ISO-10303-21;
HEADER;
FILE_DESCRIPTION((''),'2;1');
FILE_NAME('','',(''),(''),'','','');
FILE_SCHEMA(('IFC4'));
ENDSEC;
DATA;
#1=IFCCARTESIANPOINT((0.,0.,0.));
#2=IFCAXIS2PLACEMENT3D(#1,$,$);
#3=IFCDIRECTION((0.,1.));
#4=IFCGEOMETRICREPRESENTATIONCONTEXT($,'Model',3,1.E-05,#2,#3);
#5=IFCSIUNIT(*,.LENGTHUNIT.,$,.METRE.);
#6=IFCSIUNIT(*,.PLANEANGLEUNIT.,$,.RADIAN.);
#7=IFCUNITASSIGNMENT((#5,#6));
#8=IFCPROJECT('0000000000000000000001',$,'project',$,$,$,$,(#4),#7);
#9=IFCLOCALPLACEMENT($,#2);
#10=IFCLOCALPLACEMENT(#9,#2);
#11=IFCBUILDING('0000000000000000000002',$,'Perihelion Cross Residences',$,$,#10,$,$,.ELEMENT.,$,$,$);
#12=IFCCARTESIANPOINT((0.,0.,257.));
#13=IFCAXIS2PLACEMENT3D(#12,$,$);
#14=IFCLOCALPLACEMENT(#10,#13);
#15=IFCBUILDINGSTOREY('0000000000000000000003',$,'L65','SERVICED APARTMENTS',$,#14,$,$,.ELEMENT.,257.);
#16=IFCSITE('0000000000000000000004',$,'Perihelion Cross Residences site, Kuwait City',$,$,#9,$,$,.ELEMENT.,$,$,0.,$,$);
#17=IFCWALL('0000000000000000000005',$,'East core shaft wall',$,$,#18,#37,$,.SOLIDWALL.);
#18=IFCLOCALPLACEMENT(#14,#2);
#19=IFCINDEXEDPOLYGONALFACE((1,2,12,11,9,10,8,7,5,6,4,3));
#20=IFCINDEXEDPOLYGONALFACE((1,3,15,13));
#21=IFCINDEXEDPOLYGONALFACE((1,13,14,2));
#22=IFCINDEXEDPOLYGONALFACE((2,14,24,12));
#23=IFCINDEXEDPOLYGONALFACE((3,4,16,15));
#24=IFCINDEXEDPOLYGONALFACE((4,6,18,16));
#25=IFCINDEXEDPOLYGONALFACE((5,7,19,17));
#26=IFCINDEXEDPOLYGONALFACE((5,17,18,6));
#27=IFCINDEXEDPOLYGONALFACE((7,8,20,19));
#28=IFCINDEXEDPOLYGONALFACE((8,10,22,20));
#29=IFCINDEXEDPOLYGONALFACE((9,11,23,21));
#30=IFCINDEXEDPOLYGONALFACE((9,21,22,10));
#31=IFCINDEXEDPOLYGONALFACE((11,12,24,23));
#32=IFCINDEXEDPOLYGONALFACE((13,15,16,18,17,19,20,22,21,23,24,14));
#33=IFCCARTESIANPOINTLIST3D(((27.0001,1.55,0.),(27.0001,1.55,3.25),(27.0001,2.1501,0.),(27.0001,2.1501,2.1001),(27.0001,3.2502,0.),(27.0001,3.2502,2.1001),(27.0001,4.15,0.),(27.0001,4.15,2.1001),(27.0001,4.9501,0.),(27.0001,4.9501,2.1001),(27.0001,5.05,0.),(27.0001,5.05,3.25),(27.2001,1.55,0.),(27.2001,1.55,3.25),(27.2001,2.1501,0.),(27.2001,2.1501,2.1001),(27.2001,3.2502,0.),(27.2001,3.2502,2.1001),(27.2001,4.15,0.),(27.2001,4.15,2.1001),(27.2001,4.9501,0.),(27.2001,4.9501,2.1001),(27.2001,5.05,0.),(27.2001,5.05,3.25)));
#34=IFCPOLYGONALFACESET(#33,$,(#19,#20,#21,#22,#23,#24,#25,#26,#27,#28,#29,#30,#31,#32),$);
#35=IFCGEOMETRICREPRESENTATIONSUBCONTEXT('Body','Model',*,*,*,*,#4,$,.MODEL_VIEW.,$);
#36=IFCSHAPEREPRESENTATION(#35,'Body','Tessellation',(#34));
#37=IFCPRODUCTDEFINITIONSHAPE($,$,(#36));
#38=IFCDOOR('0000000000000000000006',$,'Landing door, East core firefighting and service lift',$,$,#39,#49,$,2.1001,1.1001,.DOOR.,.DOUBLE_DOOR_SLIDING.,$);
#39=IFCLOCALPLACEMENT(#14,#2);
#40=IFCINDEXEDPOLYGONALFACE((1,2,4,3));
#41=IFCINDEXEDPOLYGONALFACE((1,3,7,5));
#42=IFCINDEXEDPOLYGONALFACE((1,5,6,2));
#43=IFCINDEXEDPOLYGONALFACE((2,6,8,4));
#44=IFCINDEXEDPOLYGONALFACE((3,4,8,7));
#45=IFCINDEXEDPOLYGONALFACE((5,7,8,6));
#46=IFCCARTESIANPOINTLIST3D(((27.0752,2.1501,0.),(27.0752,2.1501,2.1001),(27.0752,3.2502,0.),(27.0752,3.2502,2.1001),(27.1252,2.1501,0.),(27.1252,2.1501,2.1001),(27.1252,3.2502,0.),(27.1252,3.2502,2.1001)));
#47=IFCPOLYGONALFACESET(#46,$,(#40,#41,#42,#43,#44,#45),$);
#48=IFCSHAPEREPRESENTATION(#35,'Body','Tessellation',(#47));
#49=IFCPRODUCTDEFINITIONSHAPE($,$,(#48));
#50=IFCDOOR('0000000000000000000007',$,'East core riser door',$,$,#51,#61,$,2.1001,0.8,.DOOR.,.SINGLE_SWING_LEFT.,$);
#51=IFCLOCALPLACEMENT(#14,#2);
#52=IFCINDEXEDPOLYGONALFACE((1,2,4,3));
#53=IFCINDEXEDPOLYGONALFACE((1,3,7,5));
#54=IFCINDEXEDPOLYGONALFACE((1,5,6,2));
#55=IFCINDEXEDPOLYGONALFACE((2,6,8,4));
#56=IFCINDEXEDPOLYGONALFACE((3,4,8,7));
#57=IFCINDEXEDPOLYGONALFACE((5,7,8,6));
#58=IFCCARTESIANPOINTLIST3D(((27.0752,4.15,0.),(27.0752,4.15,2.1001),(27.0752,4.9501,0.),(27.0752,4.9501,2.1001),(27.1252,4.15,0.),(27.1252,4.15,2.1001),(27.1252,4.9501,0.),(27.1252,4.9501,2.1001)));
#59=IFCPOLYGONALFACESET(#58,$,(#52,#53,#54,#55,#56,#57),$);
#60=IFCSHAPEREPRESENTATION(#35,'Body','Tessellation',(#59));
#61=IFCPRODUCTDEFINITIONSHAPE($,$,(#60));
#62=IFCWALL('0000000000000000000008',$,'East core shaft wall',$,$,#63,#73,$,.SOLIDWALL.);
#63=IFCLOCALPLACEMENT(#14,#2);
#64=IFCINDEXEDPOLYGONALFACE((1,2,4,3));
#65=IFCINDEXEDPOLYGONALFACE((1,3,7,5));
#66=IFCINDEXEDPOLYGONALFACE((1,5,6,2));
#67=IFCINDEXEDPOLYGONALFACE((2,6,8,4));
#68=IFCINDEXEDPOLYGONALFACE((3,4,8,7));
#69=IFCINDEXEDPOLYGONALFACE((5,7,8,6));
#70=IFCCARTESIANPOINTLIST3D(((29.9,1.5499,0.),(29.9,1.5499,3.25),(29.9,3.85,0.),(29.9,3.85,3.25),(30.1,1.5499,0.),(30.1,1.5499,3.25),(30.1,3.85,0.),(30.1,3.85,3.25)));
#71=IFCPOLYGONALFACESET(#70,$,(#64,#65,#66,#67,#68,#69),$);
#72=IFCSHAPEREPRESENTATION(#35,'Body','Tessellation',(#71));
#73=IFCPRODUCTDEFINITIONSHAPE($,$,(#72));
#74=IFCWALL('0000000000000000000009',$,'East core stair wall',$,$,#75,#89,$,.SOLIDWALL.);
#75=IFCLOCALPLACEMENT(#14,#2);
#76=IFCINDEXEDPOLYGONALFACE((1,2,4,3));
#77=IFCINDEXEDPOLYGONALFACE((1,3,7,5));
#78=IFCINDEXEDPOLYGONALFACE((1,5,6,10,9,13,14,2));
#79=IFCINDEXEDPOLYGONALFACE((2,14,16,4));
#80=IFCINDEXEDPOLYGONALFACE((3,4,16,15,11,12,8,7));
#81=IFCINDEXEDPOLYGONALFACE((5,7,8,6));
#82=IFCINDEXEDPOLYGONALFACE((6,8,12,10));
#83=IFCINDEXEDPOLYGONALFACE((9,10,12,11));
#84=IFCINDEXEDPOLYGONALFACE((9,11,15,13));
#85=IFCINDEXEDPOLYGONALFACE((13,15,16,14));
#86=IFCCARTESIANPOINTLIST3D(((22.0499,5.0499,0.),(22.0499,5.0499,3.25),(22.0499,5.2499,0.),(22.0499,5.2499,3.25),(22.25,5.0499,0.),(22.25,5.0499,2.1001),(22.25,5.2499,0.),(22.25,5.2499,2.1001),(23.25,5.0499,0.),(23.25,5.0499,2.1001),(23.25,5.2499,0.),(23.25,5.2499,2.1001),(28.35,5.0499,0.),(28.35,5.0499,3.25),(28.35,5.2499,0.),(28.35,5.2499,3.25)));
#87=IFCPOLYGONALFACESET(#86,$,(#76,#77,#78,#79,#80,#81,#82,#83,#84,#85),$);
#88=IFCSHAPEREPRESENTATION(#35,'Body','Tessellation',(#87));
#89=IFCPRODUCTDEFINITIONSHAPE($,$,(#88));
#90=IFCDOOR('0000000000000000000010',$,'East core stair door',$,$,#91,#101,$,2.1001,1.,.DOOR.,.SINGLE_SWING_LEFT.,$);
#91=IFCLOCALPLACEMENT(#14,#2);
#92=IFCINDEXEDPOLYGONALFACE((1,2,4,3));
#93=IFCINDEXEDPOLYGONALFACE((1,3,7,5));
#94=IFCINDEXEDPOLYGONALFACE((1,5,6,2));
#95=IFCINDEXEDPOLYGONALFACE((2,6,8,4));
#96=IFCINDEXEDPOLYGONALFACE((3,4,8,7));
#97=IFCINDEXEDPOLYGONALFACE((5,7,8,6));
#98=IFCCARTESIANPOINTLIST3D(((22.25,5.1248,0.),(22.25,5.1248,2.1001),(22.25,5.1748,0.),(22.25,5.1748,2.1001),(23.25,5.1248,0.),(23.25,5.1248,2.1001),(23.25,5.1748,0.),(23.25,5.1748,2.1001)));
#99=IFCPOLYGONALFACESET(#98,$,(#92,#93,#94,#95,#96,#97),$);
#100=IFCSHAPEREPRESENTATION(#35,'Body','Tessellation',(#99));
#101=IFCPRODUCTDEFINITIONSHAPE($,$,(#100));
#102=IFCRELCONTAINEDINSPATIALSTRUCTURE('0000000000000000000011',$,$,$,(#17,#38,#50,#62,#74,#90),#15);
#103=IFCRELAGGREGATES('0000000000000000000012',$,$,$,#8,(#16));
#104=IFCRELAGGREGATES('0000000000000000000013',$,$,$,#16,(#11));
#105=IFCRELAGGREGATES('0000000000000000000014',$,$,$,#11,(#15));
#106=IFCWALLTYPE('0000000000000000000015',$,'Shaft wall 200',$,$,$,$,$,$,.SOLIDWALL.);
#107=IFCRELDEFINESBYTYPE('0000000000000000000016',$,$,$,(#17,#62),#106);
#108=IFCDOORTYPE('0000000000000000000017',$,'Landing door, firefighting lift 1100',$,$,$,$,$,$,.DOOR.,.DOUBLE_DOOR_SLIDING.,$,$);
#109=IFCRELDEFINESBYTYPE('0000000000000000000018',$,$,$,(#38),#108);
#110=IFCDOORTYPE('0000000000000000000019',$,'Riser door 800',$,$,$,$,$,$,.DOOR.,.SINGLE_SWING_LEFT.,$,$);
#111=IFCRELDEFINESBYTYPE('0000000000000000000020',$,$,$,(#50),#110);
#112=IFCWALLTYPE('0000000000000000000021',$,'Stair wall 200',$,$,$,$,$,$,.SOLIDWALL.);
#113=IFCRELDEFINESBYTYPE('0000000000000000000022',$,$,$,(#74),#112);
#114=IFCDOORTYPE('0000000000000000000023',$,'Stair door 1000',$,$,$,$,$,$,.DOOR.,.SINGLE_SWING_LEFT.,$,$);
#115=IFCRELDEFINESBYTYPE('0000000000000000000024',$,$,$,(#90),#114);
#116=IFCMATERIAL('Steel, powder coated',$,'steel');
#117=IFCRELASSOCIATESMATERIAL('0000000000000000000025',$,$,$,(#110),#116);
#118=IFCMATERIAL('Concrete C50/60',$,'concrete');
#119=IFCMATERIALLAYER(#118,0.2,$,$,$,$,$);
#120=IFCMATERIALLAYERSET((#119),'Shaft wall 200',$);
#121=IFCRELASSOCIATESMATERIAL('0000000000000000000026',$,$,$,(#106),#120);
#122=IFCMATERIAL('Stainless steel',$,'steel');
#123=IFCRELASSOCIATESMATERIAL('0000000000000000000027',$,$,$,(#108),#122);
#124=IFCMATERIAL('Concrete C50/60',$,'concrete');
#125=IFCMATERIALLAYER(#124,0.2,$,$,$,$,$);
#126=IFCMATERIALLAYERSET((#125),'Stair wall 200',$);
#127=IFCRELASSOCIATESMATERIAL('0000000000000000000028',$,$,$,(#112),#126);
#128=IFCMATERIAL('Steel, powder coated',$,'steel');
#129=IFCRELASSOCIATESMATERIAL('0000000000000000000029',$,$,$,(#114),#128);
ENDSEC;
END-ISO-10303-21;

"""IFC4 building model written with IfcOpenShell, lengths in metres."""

from ifc_helpers import new_model, si_unit, direction, frame, frame_2d, origin, place, context, subcontext, project, spatial, rectangle, extrude, material, layer, layer_set, type_object, element, fill, save


model = new_model("IFC4")

# Units and contexts
model_context = context("Model", 3, precision=1e-05, world=origin(), true_north=direction((0.0, 1.0)))
body_context = subcontext(model_context, "Body", "Model", "MODEL_VIEW")
ifc_project = project(units=[si_unit("LENGTHUNIT", "METRE"), si_unit("PLANEANGLEUNIT", "RADIAN")], contexts=[model_context])

# Site, building, storey
site_placement = place(None, origin())
site = spatial("IfcSite", under=ifc_project, at=site_placement, Name="Perihelion Cross Residences site, Kuwait City", CompositionType="ELEMENT", RefElevation=0.0)
building_placement = place(site_placement, origin())
building = spatial("IfcBuilding", under=site, at=building_placement, Name="Perihelion Cross Residences", CompositionType="ELEMENT")
storey_placement = place(building_placement, frame((0.0, 0.0, 257.0)))
storey = spatial("IfcBuildingStorey", under=building, at=storey_placement, Name="L65", Description="SERVICED APARTMENTS", CompositionType="ELEMENT", Elevation=257.0)

# Shared definitions
ifc_material_1 = material(Name="Steel, powder coated", Category="steel")
door_type_1 = type_object("IfcDoorType", Name="Riser door 800", OperationType="SINGLE_SWING_LEFT", PredefinedType="DOOR", material=ifc_material_1)

# Shared definitions
ifc_material_2 = material(Name="Concrete C50/60", Category="concrete")
ifc_layer_1 = layer(ifc_material_2, 0.2)
ifc_layer_set_1 = layer_set([ifc_layer_1], Name="Shaft wall 200")
wall_type_1 = type_object("IfcWallType", Name="Shaft wall 200", PredefinedType="SOLIDWALL", material=ifc_layer_set_1)

# Wall, openings, doors
wall_1_placement = place(storey_placement, frame((27.1001, 1.55, 0.0), z_axis=(0.0, 0.0, 1.0), x_axis=(0.0, 1.0, 0.0)))
wall_1 = element("IfcWall", 1, at=wall_1_placement, inside=storey, type_object=wall_type_1, Name="East core shaft wall", PredefinedType="SOLIDWALL", context=body_context, shape_type="SweptSolid", body=[
    extrude(rectangle(XDim=3.5, YDim=0.2, at=frame_2d((1.75, 0.0))), origin(), (0.0, 0.0, 1.0), 3.25),
])
opening_1_placement = place(wall_1_placement, frame((0.6001, 0.0, 0.0)))
opening_1 = element("IfcOpeningElement", 2, at=opening_1_placement, cuts=wall_1, PredefinedType="OPENING", context=body_context, shape_type="SweptSolid", body=[
    extrude(rectangle(XDim=1.1001, YDim=2.1001, at=frame_2d((0.55, 1.05))), frame((0.0, 0.1099, 0.0), z_axis=(0.0, -1.0, 0.0), x_axis=(1.0, 0.0, 0.0)), (0.0, 0.0, 1.0), 0.22),
])
opening_2_placement = place(wall_1_placement, frame((2.6001, 0.0, 0.0)))
opening_2 = element("IfcOpeningElement", 3, at=opening_2_placement, cuts=wall_1, PredefinedType="OPENING", context=body_context, shape_type="SweptSolid", body=[
    extrude(rectangle(XDim=0.8, YDim=2.1001, at=frame_2d((0.3999, 1.05))), frame((0.0, 0.1099, 0.0), z_axis=(0.0, -1.0, 0.0), x_axis=(1.0, 0.0, 0.0)), (0.0, 0.0, 1.0), 0.22),
])
ifc_material_3 = material(Name="Stainless steel", Category="steel")
door_type_2 = type_object("IfcDoorType", Name="Landing door, firefighting lift 1100", OperationType="DOUBLE_DOOR_SLIDING", PredefinedType="DOOR", material=ifc_material_3)
door_1_placement = place(opening_1_placement, origin())
door_1 = element("IfcDoor", 4, at=door_1_placement, inside=storey, type_object=door_type_2, Name="Landing door, East core firefighting and service lift", OperationType="DOUBLE_DOOR_SLIDING", OverallHeight=2.1001, OverallWidth=1.1001, PredefinedType="DOOR", context=body_context, shape_type="SweptSolid", body=[
    extrude(rectangle(XDim=1.1001, YDim=2.1001, at=frame_2d((0.55, 1.05))), frame((0.0, 0.0249, 0.0), z_axis=(0.0, -1.0, 0.0), x_axis=(1.0, 0.0, 0.0)), (0.0, 0.0, 1.0), 0.05),
])
fill(opening_1, door_1)
door_2_placement = place(opening_2_placement, origin())
door_2 = element("IfcDoor", 5, at=door_2_placement, inside=storey, type_object=door_type_1, Name="East core riser door", OperationType="SINGLE_SWING_LEFT", OverallHeight=2.1001, OverallWidth=0.8, PredefinedType="DOOR", context=body_context, shape_type="SweptSolid", body=[
    extrude(rectangle(XDim=0.8, YDim=2.1001, at=frame_2d((0.3999, 1.05))), frame((0.0, 0.0249, 0.0), z_axis=(0.0, -1.0, 0.0), x_axis=(1.0, 0.0, 0.0)), (0.0, 0.0, 1.0), 0.05),
])
fill(opening_2, door_2)

# Wall
wall_2_placement = place(storey_placement, frame((30.0, 1.55, 0.0), z_axis=(0.0, 0.0, 1.0), x_axis=(0.0, 1.0, 0.0)))
element("IfcWall", 6, at=wall_2_placement, inside=storey, type_object=wall_type_1, Name="East core shaft wall", PredefinedType="SOLIDWALL", context=body_context, shape_type="SweptSolid", body=[
    extrude(rectangle(XDim=2.3, YDim=0.2, at=frame_2d((1.1499, 0.0))), origin(), (0.0, 0.0, 1.0), 3.25),
])

# Wall, opening, door
ifc_material_4 = material(Name="Concrete C50/60", Category="concrete")
ifc_layer_2 = layer(ifc_material_4, 0.2)
ifc_layer_set_2 = layer_set([ifc_layer_2], Name="Stair wall 200")
wall_type_2 = type_object("IfcWallType", Name="Stair wall 200", PredefinedType="SOLIDWALL", material=ifc_layer_set_2)
wall_3_placement = place(storey_placement, frame((22.05, 5.1499, 0.0), z_axis=(0.0, 0.0, 1.0), x_axis=(1.0, 0.0, 0.0)))
wall_3 = element("IfcWall", 7, at=wall_3_placement, inside=storey, type_object=wall_type_2, Name="East core stair wall", PredefinedType="SOLIDWALL", context=body_context, shape_type="SweptSolid", body=[
    extrude(rectangle(XDim=6.3, YDim=0.2, at=frame_2d((3.1499, 0.0))), origin(), (0.0, 0.0, 1.0), 3.25),
])
opening_3_placement = place(wall_3_placement, frame((0.2, 0.0, 0.0)))
opening_3 = element("IfcOpeningElement", 8, at=opening_3_placement, cuts=wall_3, PredefinedType="OPENING", context=body_context, shape_type="SweptSolid", body=[
    extrude(rectangle(XDim=1.0, YDim=2.1001, at=frame_2d((0.5, 1.05))), frame((0.0, 0.1099, 0.0), z_axis=(0.0, -1.0, 0.0), x_axis=(1.0, 0.0, 0.0)), (0.0, 0.0, 1.0), 0.22),
])
ifc_material_5 = material(Name="Steel, powder coated", Category="steel")
door_type_3 = type_object("IfcDoorType", Name="Stair door 1000", OperationType="SINGLE_SWING_LEFT", PredefinedType="DOOR", material=ifc_material_5)
door_3_placement = place(opening_3_placement, origin())
door_3 = element("IfcDoor", 9, at=door_3_placement, inside=storey, type_object=door_type_3, Name="East core stair door", OperationType="SINGLE_SWING_LEFT", OverallHeight=2.1001, OverallWidth=1.0, PredefinedType="DOOR", context=body_context, shape_type="SweptSolid", body=[
    extrude(rectangle(XDim=1.0, YDim=2.1001, at=frame_2d((0.5, 1.05))), frame((0.0, 0.0249, 0.0), z_axis=(0.0, -1.0, 0.0), x_axis=(1.0, 0.0, 0.0)), (0.0, 0.0, 1.0), 0.05),
])
fill(opening_3, door_3)

save(model, "model.ifc")
